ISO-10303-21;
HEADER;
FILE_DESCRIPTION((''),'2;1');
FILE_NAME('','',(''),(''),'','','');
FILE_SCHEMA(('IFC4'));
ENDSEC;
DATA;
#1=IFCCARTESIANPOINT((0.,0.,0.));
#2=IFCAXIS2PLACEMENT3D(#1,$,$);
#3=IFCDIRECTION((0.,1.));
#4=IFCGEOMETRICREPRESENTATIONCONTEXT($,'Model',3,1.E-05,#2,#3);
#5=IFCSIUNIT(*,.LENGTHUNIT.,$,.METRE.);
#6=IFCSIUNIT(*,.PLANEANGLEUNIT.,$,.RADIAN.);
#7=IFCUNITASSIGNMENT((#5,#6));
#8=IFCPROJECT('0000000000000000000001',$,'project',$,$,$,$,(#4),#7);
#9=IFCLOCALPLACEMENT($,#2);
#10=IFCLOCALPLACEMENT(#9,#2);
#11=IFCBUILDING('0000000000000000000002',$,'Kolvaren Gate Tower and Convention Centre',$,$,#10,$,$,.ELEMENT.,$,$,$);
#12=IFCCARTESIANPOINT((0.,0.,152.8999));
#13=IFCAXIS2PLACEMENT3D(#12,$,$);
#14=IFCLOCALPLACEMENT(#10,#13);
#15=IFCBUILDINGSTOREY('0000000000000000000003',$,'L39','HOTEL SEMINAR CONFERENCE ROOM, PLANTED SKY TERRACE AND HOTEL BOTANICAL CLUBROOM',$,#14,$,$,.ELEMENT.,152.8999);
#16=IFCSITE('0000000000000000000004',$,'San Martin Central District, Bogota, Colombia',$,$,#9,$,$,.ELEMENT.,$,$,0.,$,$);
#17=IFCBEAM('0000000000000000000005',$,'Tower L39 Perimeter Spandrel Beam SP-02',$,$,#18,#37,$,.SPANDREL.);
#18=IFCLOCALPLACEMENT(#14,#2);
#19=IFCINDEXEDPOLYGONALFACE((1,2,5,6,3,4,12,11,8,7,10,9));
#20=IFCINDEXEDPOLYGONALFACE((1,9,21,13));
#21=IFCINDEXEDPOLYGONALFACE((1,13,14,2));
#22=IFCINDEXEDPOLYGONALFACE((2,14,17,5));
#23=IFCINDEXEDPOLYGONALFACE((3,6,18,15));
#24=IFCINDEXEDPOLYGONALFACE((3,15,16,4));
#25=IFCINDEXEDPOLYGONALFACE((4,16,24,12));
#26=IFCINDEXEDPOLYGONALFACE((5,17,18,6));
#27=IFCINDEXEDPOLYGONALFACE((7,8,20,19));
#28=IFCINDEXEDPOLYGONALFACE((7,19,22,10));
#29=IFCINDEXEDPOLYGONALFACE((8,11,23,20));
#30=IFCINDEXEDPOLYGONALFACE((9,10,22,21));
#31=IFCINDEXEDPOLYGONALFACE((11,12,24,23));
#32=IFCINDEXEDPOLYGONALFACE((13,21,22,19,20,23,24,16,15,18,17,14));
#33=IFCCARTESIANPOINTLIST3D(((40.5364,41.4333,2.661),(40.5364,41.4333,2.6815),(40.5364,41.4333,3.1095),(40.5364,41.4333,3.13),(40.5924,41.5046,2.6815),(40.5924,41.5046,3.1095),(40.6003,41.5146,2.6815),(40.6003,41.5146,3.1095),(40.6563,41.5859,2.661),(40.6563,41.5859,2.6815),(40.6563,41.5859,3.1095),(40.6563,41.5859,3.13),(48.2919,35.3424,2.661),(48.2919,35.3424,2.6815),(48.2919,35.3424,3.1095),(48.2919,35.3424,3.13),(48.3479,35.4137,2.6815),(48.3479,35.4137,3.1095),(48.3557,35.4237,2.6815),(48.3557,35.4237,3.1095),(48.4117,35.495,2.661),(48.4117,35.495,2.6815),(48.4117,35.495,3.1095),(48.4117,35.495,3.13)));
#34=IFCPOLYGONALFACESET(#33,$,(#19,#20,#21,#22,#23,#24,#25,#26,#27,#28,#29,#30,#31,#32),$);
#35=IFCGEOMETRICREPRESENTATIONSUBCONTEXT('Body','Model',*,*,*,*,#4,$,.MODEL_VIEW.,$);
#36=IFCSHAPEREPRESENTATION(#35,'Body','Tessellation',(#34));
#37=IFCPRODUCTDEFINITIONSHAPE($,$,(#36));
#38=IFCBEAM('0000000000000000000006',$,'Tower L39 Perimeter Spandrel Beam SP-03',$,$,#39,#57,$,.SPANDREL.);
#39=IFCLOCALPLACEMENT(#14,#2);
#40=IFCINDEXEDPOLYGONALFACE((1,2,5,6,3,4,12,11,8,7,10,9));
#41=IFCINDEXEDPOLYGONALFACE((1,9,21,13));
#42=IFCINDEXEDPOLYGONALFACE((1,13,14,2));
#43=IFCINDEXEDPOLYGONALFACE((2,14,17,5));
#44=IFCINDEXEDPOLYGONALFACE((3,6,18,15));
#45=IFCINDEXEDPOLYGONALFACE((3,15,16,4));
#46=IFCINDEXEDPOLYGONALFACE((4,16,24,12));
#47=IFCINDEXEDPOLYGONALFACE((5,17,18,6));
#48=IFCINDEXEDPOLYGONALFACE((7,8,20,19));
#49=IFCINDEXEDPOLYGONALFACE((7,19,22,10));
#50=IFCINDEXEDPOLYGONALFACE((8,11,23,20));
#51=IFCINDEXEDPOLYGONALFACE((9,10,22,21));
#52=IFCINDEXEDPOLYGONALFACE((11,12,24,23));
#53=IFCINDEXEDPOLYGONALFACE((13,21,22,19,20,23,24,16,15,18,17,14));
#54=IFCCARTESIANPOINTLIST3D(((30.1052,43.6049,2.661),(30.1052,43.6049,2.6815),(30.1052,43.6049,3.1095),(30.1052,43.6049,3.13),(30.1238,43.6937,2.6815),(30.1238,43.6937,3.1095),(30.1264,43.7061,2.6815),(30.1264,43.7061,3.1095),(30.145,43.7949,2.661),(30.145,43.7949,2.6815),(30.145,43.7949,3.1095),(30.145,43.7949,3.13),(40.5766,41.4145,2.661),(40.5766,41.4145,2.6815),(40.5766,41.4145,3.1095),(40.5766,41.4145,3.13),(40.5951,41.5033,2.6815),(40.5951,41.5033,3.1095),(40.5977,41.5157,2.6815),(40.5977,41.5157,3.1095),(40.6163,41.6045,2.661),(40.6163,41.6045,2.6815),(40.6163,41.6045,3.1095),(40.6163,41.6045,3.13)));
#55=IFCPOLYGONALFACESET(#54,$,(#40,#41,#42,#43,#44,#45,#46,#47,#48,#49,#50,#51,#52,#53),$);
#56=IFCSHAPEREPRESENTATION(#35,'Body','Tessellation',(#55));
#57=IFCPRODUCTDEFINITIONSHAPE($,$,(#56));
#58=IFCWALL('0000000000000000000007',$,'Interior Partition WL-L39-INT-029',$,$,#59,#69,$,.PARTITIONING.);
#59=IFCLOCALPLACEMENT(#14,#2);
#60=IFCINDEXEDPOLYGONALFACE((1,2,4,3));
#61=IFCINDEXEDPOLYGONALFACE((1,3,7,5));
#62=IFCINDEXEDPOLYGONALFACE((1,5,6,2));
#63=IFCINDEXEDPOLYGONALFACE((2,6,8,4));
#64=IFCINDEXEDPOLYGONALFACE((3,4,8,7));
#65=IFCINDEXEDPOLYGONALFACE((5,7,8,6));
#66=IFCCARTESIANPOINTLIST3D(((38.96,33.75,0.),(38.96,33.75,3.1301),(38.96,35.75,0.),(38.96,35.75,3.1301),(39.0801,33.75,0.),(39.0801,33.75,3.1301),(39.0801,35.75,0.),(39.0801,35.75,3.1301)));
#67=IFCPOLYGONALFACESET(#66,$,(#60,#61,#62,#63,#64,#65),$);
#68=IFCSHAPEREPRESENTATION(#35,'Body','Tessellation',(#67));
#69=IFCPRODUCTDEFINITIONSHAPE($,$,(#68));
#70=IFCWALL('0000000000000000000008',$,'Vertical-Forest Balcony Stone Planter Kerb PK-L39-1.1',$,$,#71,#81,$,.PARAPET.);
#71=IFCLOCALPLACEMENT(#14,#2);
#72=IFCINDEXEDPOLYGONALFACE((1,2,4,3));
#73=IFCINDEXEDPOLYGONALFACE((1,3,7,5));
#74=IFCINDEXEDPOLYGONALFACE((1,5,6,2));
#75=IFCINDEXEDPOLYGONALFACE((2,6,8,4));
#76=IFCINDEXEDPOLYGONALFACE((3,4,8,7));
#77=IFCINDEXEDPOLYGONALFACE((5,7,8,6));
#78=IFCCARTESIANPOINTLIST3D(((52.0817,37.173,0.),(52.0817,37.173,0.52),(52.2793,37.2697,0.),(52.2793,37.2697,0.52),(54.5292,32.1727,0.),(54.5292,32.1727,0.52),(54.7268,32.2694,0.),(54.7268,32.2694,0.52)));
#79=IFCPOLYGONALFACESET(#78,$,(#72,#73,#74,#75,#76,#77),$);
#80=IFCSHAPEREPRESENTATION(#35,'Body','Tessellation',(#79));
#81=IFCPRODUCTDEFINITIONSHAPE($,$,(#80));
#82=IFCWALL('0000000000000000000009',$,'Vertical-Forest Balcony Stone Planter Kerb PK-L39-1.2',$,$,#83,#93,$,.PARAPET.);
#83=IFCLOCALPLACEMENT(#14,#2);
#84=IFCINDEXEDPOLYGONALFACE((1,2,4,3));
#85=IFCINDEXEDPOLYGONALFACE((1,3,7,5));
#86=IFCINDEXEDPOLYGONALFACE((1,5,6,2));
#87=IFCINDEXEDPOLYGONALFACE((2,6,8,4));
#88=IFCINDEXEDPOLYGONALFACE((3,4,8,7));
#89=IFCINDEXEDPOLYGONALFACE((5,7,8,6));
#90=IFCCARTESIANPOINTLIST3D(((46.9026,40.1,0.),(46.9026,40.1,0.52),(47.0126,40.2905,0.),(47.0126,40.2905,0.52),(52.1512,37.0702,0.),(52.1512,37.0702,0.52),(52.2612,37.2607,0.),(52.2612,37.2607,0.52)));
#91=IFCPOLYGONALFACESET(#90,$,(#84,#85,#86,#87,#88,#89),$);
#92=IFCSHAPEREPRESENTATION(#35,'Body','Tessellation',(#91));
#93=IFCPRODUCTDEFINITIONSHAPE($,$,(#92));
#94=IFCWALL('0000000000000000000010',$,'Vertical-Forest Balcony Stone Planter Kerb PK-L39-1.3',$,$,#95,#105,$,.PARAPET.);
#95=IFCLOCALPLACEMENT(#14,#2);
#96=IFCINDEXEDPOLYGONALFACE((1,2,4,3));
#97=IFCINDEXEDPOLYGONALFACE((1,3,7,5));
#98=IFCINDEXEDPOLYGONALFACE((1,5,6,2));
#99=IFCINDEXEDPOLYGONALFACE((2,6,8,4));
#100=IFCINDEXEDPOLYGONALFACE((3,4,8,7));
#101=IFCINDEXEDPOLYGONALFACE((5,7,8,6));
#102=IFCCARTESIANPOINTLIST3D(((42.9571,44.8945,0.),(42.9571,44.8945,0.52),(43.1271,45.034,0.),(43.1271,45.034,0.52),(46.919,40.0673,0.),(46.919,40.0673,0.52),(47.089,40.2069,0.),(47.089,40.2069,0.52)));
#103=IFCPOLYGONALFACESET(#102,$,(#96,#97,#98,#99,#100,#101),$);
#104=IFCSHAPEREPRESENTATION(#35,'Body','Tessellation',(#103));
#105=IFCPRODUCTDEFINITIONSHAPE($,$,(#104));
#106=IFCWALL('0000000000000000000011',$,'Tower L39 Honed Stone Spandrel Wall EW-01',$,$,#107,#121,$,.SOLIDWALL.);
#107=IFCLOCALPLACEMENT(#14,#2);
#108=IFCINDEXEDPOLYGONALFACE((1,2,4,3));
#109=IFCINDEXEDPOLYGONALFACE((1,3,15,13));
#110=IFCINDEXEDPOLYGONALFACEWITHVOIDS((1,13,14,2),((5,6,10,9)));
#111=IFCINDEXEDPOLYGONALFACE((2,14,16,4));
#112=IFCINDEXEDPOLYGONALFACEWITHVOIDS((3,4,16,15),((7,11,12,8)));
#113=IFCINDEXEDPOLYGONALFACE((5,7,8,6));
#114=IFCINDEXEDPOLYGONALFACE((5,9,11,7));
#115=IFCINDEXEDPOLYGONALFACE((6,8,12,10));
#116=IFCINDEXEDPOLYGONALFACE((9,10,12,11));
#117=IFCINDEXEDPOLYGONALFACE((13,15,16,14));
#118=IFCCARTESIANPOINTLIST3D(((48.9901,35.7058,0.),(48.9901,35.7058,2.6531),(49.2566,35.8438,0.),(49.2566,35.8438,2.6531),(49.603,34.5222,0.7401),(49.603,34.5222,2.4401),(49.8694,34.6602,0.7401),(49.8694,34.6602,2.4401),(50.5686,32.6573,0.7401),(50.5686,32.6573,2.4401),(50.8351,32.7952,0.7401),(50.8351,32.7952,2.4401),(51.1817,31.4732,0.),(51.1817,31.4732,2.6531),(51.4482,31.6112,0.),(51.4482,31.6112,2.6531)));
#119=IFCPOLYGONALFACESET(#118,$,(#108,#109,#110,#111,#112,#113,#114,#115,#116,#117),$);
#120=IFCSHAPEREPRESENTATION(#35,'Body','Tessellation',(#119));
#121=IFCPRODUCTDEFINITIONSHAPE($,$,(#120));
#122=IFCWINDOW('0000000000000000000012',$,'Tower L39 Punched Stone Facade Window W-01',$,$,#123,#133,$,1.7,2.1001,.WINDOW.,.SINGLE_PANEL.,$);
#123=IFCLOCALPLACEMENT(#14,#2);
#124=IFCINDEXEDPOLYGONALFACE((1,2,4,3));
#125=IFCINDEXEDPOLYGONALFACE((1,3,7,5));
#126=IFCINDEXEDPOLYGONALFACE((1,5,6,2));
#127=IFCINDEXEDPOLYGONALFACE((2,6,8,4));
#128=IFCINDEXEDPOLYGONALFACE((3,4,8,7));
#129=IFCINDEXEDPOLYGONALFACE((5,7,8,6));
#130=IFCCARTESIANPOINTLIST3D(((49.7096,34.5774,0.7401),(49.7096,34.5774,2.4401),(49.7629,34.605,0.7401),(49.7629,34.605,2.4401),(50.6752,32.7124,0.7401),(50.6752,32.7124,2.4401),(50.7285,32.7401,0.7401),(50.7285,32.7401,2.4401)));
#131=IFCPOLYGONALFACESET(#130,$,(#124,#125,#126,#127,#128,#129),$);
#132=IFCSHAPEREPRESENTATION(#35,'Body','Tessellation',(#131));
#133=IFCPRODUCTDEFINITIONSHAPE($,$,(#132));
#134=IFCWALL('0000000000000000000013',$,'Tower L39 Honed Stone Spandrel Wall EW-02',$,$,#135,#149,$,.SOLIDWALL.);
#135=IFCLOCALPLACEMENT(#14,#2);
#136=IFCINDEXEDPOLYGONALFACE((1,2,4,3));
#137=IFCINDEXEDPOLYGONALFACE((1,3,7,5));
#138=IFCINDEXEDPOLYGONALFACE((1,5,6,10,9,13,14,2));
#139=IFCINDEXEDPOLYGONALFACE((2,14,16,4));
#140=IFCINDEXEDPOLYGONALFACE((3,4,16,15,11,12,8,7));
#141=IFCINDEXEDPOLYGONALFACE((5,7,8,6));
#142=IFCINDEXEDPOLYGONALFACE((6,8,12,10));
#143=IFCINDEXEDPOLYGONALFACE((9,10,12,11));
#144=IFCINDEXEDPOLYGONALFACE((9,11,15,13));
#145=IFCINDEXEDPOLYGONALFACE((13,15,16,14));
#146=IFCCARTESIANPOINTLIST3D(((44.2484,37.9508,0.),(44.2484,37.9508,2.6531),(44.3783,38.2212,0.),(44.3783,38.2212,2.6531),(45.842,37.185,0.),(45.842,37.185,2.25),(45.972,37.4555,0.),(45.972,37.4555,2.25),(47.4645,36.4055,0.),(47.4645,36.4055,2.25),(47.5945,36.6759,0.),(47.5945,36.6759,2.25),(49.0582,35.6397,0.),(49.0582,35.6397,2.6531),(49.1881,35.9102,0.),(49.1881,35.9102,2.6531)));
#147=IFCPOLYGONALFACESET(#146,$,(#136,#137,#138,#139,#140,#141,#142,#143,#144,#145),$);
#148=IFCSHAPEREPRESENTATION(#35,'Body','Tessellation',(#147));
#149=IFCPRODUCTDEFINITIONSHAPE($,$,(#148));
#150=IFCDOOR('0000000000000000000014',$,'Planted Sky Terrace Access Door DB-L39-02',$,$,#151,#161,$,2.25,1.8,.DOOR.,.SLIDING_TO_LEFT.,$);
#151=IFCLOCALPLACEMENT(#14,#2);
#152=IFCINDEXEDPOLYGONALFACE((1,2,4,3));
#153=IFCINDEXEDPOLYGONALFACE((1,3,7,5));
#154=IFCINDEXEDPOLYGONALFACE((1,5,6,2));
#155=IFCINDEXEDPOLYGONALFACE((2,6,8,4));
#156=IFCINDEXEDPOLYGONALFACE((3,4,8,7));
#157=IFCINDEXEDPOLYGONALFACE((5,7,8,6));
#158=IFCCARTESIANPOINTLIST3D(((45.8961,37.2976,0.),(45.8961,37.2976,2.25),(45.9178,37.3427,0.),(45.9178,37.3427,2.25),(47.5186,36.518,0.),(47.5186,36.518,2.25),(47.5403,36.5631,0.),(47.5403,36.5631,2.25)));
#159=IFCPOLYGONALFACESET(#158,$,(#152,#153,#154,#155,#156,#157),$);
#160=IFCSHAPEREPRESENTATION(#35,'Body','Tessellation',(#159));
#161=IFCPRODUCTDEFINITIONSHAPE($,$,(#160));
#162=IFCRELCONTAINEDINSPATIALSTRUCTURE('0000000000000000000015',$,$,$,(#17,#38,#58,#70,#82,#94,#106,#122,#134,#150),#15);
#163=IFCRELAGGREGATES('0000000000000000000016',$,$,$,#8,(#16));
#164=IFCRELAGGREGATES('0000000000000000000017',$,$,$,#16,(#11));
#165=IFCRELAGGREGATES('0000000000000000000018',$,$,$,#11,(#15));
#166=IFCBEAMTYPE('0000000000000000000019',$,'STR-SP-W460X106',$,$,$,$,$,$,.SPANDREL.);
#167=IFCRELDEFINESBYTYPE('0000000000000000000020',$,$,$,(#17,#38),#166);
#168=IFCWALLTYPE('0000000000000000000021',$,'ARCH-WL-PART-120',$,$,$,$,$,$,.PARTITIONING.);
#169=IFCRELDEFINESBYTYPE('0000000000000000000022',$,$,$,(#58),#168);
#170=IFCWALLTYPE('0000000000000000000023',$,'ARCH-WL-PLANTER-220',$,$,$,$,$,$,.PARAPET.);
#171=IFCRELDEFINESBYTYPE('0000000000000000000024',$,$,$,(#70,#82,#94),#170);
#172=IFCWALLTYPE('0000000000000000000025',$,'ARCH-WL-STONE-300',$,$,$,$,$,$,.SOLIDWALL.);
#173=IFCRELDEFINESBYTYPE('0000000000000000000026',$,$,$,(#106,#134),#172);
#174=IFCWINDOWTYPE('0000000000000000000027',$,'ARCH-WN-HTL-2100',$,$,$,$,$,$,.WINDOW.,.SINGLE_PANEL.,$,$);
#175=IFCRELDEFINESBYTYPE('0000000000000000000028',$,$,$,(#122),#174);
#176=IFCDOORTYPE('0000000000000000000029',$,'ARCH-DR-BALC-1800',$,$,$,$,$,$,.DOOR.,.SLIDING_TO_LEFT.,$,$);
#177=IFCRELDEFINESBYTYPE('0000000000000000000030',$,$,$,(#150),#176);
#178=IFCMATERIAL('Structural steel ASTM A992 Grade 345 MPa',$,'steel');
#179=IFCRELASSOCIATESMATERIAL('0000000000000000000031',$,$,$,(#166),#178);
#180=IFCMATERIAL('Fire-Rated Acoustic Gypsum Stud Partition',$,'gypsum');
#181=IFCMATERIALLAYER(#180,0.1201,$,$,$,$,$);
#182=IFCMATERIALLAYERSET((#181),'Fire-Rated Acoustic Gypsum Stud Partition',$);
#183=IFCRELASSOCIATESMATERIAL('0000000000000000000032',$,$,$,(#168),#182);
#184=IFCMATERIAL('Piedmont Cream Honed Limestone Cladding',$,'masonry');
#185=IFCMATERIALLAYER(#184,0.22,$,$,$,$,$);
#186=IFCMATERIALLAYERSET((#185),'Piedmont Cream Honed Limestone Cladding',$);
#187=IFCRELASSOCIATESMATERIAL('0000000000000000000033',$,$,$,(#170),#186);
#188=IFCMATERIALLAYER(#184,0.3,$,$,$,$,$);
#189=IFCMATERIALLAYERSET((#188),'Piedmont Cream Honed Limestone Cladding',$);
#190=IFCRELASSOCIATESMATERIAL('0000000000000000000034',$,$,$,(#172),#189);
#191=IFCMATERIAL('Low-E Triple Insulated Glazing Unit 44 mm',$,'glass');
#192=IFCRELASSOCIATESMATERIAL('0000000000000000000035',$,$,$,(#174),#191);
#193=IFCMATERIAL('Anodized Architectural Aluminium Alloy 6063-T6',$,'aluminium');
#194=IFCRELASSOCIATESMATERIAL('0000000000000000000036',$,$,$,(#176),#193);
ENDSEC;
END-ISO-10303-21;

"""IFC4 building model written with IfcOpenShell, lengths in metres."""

from ifc_helpers import new_model, si_unit, direction, frame, frame_2d, origin, origin_2d, place, context, subcontext, project, spatial, rectangle, i_section, extrude, material, layer, layer_set, material_profile, profile_set, type_object, element, fill, save


model = new_model("IFC4")

# Units and contexts
model_context = context("Model", 3, precision=1e-05, world=origin(), true_north=direction((0.0, 1.0)))
body_context = subcontext(model_context, "Body", "Model", "MODEL_VIEW")
ifc_project = project(units=[si_unit("LENGTHUNIT", "METRE"), si_unit("PLANEANGLEUNIT", "RADIAN")], contexts=[model_context])

# Site, building, storey
site_placement = place(None, origin())
site = spatial("IfcSite", under=ifc_project, at=site_placement, Name="San Martin Central District, Bogota, Colombia", CompositionType="ELEMENT", RefElevation=0.0)
building_placement = place(site_placement, origin())
building = spatial("IfcBuilding", under=site, at=building_placement, Name="Kolvaren Gate Tower and Convention Centre", CompositionType="ELEMENT")
storey_placement = place(building_placement, frame((0.0, 0.0, 152.8999)))
storey = spatial("IfcBuildingStorey", under=building, at=storey_placement, Name="L39", Description="HOTEL SEMINAR CONFERENCE ROOM, PLANTED SKY TERRACE AND HOTEL BOTANICAL CLUBROOM", CompositionType="ELEMENT", Elevation=152.8999)

# Beams
ifc_material_1 = material(Name="Structural steel ASTM A992 Grade 345 MPa", Category="steel")
ifc_material_profile_1 = material_profile(ifc_material_1, i_section(OverallWidth=0.1941, OverallDepth=0.469, WebThickness=0.0127, FlangeThickness=0.0205, at=origin_2d()), Name="W460X106")
ifc_profile_set_1 = profile_set([ifc_material_profile_1], Name="Structural steel ASTM A992 Grade 345 MPa")
beam_type_1 = type_object("IfcBeamType", Name="STR-SP-W460X106", PredefinedType="SPANDREL", material=ifc_profile_set_1)
beam_1_placement = place(storey_placement, frame((48.3518, 35.4187, 2.8955), z_axis=(-0.786451, 0.617653, 0.0), x_axis=(-0.617653, -0.786451, 0.0)))
element("IfcBeam", 1, at=beam_1_placement, inside=storey, type_object=beam_type_1, Name="Tower L39 Perimeter Spandrel Beam SP-02", PredefinedType="SPANDREL", context=body_context, shape_type="SweptSolid", body=[
    extrude(i_section(OverallWidth=0.1941, OverallDepth=0.469, WebThickness=0.0127, FlangeThickness=0.0205, at=origin_2d()), origin(), (0.0, 0.0, 1.0), 9.8613),
])
beam_2_placement = place(storey_placement, frame((40.5964, 41.5095, 2.8955), z_axis=(-0.978814, 0.20475, 0.0), x_axis=(-0.20475, -0.978814, 0.0)))
element("IfcBeam", 2, at=beam_2_placement, inside=storey, type_object=beam_type_1, Name="Tower L39 Perimeter Spandrel Beam SP-03", PredefinedType="SPANDREL", context=body_context, shape_type="SweptSolid", body=[
    extrude(i_section(OverallWidth=0.1941, OverallDepth=0.469, WebThickness=0.0127, FlangeThickness=0.0205, at=origin_2d()), origin(), (0.0, 0.0, 1.0), 10.698),
])

# Walls
ifc_material_2 = material(Name="Fire-Rated Acoustic Gypsum Stud Partition", Category="gypsum")
ifc_layer_1 = layer(ifc_material_2, 0.1201)
ifc_layer_set_1 = layer_set([ifc_layer_1], Name="Fire-Rated Acoustic Gypsum Stud Partition")
wall_type_1 = type_object("IfcWallType", Name="ARCH-WL-PART-120", PredefinedType="PARTITIONING", material=ifc_layer_set_1)
wall_1_placement = place(storey_placement, frame((39.02, 33.75, 0.0), z_axis=(0.0, 0.0, 1.0), x_axis=(0.0, 1.0, 0.0)))
element("IfcWall", 3, at=wall_1_placement, inside=storey, type_object=wall_type_1, Name="Interior Partition WL-L39-INT-029", PredefinedType="PARTITIONING", context=body_context, shape_type="SweptSolid", body=[
    extrude(rectangle(XDim=2.0, YDim=0.1201, at=frame_2d((1.0, 0.0))), origin(), (0.0, 0.0, 1.0), 3.1301),
])
ifc_material_3 = material(Name="Piedmont Cream Honed Limestone Cladding", Category="masonry")
ifc_layer_2 = layer(ifc_material_3, 0.22)
ifc_layer_set_2 = layer_set([ifc_layer_2], Name="Piedmont Cream Honed Limestone Cladding")
wall_type_2 = type_object("IfcWallType", Name="ARCH-WL-PLANTER-220", PredefinedType="PARAPET", material=ifc_layer_set_2)
wall_2_placement = place(storey_placement, frame((52.1804, 37.2214, 0.0), z_axis=(0.0, 0.0, 1.0), x_axis=(0.439637, -0.898175, 0.0)))
element("IfcWall", 4, at=wall_2_placement, inside=storey, type_object=wall_type_2, Name="Vertical-Forest Balcony Stone Planter Kerb PK-L39-1.1", PredefinedType="PARAPET", context=body_context, shape_type="SweptSolid", body=[
    extrude(rectangle(XDim=5.5671, YDim=0.22, at=frame_2d((2.7837, 0.0))), origin(), (0.0, 0.0, 1.0), 0.52),
])
wall_3_placement = place(storey_placement, frame((46.9575, 40.1953, 0.0), z_axis=(0.0, 0.0, 1.0), x_axis=(0.866058, -0.499943, 0.0)))
element("IfcWall", 5, at=wall_3_placement, inside=storey, type_object=wall_type_2, Name="Vertical-Forest Balcony Stone Planter Kerb PK-L39-1.2", PredefinedType="PARAPET", context=body_context, shape_type="SweptSolid", body=[
    extrude(rectangle(XDim=6.0603, YDim=0.22, at=frame_2d((3.0303, 0.0))), origin(), (0.0, 0.0, 1.0), 0.52),
])
wall_4_placement = place(storey_placement, frame((43.042, 44.9644, 0.0), z_axis=(0.0, 0.0, 1.0), x_axis=(0.634429, -0.772981, 0.0)))
element("IfcWall", 6, at=wall_4_placement, inside=storey, type_object=wall_type_2, Name="Vertical-Forest Balcony Stone Planter Kerb PK-L39-1.3", PredefinedType="PARAPET", context=body_context, shape_type="SweptSolid", body=[
    extrude(rectangle(XDim=6.2449, YDim=0.22, at=frame_2d((3.1226, 0.0))), origin(), (0.0, 0.0, 1.0), 0.52),
])

# Wall, opening, window
ifc_layer_3 = layer(ifc_material_3, 0.3)
ifc_layer_set_3 = layer_set([ifc_layer_3], Name="Piedmont Cream Honed Limestone Cladding")
wall_type_3 = type_object("IfcWallType", Name="ARCH-WL-STONE-300", PredefinedType="SOLIDWALL", material=ifc_layer_set_3)
wall_5_placement = place(storey_placement, frame((49.1233, 35.7749, 0.0), z_axis=(0.0, 0.0, 1.0), x_axis=(0.45981, -0.888017, 0.0)))
wall_5 = element("IfcWall", 7, at=wall_5_placement, inside=storey, type_object=wall_type_3, Name="Tower L39 Honed Stone Spandrel Wall EW-01", PredefinedType="SOLIDWALL", context=body_context, shape_type="SweptSolid", body=[
    extrude(rectangle(XDim=4.7664, YDim=0.3, at=frame_2d((2.3833, 0.0))), origin(), (0.0, 0.0, 1.0), 2.6531),
])
opening_1_placement = place(wall_5_placement, frame((1.333, 0.0, 0.74)))
opening_1 = element("IfcOpeningElement", 8, at=opening_1_placement, cuts=wall_5, PredefinedType="OPENING", context=body_context, shape_type="SweptSolid", body=[
    extrude(rectangle(XDim=2.1001, YDim=1.7, at=frame_2d((1.05, 0.8501))), frame((0.0, 0.1599, 0.0), z_axis=(0.0, -1.0, 0.0), x_axis=(1.0, 0.0, 0.0)), (0.0, 0.0, 1.0), 0.3201),
])
ifc_material_4 = material(Name="Low-E Triple Insulated Glazing Unit 44 mm", Category="glass")
window_type = type_object("IfcWindowType", Name="ARCH-WN-HTL-2100", PartitioningType="SINGLE_PANEL", PredefinedType="WINDOW", material=ifc_material_4)
window_1_placement = place(opening_1_placement, origin())
window_1 = element("IfcWindow", 9, at=window_1_placement, inside=storey, type_object=window_type, Name="Tower L39 Punched Stone Facade Window W-01", OverallHeight=1.7, OverallWidth=2.1001, PartitioningType="SINGLE_PANEL", PredefinedType="WINDOW", context=body_context, shape_type="SweptSolid", body=[
    extrude(rectangle(XDim=2.1001, YDim=1.7, at=frame_2d((1.05, 0.8501))), frame((0.0, 0.03, 0.0), z_axis=(0.0, -1.0, 0.0), x_axis=(1.0, 0.0, 0.0)), (0.0, 0.0, 1.0), 0.0601),
])
fill(opening_1, window_1)

# Wall, opening, door
wall_6_placement = place(storey_placement, frame((44.3135, 38.0859, 0.0), z_axis=(0.0, 0.0, 1.0), x_axis=(0.901353, -0.433085, 0.0)))
wall_6 = element("IfcWall", 10, at=wall_6_placement, inside=storey, type_object=wall_type_3, Name="Tower L39 Honed Stone Spandrel Wall EW-02", PredefinedType="SOLIDWALL", context=body_context, shape_type="SweptSolid", body=[
    extrude(rectangle(XDim=5.3362, YDim=0.3, at=frame_2d((2.668, 0.0))), origin(), (0.0, 0.0, 1.0), 2.6531),
])
opening_2_placement = place(wall_6_placement, frame((1.7681, 0.0, 0.0)))
opening_2 = element("IfcOpeningElement", 11, at=opening_2_placement, cuts=wall_6, PredefinedType="OPENING", context=body_context, shape_type="SweptSolid", body=[
    extrude(rectangle(XDim=1.8, YDim=2.25, at=frame_2d((0.8999, 1.125))), frame((0.0, 0.1599, 0.0), z_axis=(0.0, -1.0, 0.0), x_axis=(1.0, 0.0, 0.0)), (0.0, 0.0, 1.0), 0.3201),
])
ifc_material_5 = material(Name="Anodized Architectural Aluminium Alloy 6063-T6", Category="aluminium")
door_type = type_object("IfcDoorType", Name="ARCH-DR-BALC-1800", OperationType="SLIDING_TO_LEFT", PredefinedType="DOOR", material=ifc_material_5)
door_placement = place(opening_2_placement, origin())
door = element("IfcDoor", 12, at=door_placement, inside=storey, type_object=door_type, Name="Planted Sky Terrace Access Door DB-L39-02", OperationType="SLIDING_TO_LEFT", OverallHeight=2.25, OverallWidth=1.8, PredefinedType="DOOR", context=body_context, shape_type="SweptSolid", body=[
    extrude(rectangle(XDim=1.8, YDim=2.25, at=frame_2d((0.8999, 1.125))), frame((0.0, 0.0249, 0.0), z_axis=(0.0, -1.0, 0.0), x_axis=(1.0, 0.0, 0.0)), (0.0, 0.0, 1.0), 0.05),
])
fill(opening_2, door)

save(model, "model.ifc")
